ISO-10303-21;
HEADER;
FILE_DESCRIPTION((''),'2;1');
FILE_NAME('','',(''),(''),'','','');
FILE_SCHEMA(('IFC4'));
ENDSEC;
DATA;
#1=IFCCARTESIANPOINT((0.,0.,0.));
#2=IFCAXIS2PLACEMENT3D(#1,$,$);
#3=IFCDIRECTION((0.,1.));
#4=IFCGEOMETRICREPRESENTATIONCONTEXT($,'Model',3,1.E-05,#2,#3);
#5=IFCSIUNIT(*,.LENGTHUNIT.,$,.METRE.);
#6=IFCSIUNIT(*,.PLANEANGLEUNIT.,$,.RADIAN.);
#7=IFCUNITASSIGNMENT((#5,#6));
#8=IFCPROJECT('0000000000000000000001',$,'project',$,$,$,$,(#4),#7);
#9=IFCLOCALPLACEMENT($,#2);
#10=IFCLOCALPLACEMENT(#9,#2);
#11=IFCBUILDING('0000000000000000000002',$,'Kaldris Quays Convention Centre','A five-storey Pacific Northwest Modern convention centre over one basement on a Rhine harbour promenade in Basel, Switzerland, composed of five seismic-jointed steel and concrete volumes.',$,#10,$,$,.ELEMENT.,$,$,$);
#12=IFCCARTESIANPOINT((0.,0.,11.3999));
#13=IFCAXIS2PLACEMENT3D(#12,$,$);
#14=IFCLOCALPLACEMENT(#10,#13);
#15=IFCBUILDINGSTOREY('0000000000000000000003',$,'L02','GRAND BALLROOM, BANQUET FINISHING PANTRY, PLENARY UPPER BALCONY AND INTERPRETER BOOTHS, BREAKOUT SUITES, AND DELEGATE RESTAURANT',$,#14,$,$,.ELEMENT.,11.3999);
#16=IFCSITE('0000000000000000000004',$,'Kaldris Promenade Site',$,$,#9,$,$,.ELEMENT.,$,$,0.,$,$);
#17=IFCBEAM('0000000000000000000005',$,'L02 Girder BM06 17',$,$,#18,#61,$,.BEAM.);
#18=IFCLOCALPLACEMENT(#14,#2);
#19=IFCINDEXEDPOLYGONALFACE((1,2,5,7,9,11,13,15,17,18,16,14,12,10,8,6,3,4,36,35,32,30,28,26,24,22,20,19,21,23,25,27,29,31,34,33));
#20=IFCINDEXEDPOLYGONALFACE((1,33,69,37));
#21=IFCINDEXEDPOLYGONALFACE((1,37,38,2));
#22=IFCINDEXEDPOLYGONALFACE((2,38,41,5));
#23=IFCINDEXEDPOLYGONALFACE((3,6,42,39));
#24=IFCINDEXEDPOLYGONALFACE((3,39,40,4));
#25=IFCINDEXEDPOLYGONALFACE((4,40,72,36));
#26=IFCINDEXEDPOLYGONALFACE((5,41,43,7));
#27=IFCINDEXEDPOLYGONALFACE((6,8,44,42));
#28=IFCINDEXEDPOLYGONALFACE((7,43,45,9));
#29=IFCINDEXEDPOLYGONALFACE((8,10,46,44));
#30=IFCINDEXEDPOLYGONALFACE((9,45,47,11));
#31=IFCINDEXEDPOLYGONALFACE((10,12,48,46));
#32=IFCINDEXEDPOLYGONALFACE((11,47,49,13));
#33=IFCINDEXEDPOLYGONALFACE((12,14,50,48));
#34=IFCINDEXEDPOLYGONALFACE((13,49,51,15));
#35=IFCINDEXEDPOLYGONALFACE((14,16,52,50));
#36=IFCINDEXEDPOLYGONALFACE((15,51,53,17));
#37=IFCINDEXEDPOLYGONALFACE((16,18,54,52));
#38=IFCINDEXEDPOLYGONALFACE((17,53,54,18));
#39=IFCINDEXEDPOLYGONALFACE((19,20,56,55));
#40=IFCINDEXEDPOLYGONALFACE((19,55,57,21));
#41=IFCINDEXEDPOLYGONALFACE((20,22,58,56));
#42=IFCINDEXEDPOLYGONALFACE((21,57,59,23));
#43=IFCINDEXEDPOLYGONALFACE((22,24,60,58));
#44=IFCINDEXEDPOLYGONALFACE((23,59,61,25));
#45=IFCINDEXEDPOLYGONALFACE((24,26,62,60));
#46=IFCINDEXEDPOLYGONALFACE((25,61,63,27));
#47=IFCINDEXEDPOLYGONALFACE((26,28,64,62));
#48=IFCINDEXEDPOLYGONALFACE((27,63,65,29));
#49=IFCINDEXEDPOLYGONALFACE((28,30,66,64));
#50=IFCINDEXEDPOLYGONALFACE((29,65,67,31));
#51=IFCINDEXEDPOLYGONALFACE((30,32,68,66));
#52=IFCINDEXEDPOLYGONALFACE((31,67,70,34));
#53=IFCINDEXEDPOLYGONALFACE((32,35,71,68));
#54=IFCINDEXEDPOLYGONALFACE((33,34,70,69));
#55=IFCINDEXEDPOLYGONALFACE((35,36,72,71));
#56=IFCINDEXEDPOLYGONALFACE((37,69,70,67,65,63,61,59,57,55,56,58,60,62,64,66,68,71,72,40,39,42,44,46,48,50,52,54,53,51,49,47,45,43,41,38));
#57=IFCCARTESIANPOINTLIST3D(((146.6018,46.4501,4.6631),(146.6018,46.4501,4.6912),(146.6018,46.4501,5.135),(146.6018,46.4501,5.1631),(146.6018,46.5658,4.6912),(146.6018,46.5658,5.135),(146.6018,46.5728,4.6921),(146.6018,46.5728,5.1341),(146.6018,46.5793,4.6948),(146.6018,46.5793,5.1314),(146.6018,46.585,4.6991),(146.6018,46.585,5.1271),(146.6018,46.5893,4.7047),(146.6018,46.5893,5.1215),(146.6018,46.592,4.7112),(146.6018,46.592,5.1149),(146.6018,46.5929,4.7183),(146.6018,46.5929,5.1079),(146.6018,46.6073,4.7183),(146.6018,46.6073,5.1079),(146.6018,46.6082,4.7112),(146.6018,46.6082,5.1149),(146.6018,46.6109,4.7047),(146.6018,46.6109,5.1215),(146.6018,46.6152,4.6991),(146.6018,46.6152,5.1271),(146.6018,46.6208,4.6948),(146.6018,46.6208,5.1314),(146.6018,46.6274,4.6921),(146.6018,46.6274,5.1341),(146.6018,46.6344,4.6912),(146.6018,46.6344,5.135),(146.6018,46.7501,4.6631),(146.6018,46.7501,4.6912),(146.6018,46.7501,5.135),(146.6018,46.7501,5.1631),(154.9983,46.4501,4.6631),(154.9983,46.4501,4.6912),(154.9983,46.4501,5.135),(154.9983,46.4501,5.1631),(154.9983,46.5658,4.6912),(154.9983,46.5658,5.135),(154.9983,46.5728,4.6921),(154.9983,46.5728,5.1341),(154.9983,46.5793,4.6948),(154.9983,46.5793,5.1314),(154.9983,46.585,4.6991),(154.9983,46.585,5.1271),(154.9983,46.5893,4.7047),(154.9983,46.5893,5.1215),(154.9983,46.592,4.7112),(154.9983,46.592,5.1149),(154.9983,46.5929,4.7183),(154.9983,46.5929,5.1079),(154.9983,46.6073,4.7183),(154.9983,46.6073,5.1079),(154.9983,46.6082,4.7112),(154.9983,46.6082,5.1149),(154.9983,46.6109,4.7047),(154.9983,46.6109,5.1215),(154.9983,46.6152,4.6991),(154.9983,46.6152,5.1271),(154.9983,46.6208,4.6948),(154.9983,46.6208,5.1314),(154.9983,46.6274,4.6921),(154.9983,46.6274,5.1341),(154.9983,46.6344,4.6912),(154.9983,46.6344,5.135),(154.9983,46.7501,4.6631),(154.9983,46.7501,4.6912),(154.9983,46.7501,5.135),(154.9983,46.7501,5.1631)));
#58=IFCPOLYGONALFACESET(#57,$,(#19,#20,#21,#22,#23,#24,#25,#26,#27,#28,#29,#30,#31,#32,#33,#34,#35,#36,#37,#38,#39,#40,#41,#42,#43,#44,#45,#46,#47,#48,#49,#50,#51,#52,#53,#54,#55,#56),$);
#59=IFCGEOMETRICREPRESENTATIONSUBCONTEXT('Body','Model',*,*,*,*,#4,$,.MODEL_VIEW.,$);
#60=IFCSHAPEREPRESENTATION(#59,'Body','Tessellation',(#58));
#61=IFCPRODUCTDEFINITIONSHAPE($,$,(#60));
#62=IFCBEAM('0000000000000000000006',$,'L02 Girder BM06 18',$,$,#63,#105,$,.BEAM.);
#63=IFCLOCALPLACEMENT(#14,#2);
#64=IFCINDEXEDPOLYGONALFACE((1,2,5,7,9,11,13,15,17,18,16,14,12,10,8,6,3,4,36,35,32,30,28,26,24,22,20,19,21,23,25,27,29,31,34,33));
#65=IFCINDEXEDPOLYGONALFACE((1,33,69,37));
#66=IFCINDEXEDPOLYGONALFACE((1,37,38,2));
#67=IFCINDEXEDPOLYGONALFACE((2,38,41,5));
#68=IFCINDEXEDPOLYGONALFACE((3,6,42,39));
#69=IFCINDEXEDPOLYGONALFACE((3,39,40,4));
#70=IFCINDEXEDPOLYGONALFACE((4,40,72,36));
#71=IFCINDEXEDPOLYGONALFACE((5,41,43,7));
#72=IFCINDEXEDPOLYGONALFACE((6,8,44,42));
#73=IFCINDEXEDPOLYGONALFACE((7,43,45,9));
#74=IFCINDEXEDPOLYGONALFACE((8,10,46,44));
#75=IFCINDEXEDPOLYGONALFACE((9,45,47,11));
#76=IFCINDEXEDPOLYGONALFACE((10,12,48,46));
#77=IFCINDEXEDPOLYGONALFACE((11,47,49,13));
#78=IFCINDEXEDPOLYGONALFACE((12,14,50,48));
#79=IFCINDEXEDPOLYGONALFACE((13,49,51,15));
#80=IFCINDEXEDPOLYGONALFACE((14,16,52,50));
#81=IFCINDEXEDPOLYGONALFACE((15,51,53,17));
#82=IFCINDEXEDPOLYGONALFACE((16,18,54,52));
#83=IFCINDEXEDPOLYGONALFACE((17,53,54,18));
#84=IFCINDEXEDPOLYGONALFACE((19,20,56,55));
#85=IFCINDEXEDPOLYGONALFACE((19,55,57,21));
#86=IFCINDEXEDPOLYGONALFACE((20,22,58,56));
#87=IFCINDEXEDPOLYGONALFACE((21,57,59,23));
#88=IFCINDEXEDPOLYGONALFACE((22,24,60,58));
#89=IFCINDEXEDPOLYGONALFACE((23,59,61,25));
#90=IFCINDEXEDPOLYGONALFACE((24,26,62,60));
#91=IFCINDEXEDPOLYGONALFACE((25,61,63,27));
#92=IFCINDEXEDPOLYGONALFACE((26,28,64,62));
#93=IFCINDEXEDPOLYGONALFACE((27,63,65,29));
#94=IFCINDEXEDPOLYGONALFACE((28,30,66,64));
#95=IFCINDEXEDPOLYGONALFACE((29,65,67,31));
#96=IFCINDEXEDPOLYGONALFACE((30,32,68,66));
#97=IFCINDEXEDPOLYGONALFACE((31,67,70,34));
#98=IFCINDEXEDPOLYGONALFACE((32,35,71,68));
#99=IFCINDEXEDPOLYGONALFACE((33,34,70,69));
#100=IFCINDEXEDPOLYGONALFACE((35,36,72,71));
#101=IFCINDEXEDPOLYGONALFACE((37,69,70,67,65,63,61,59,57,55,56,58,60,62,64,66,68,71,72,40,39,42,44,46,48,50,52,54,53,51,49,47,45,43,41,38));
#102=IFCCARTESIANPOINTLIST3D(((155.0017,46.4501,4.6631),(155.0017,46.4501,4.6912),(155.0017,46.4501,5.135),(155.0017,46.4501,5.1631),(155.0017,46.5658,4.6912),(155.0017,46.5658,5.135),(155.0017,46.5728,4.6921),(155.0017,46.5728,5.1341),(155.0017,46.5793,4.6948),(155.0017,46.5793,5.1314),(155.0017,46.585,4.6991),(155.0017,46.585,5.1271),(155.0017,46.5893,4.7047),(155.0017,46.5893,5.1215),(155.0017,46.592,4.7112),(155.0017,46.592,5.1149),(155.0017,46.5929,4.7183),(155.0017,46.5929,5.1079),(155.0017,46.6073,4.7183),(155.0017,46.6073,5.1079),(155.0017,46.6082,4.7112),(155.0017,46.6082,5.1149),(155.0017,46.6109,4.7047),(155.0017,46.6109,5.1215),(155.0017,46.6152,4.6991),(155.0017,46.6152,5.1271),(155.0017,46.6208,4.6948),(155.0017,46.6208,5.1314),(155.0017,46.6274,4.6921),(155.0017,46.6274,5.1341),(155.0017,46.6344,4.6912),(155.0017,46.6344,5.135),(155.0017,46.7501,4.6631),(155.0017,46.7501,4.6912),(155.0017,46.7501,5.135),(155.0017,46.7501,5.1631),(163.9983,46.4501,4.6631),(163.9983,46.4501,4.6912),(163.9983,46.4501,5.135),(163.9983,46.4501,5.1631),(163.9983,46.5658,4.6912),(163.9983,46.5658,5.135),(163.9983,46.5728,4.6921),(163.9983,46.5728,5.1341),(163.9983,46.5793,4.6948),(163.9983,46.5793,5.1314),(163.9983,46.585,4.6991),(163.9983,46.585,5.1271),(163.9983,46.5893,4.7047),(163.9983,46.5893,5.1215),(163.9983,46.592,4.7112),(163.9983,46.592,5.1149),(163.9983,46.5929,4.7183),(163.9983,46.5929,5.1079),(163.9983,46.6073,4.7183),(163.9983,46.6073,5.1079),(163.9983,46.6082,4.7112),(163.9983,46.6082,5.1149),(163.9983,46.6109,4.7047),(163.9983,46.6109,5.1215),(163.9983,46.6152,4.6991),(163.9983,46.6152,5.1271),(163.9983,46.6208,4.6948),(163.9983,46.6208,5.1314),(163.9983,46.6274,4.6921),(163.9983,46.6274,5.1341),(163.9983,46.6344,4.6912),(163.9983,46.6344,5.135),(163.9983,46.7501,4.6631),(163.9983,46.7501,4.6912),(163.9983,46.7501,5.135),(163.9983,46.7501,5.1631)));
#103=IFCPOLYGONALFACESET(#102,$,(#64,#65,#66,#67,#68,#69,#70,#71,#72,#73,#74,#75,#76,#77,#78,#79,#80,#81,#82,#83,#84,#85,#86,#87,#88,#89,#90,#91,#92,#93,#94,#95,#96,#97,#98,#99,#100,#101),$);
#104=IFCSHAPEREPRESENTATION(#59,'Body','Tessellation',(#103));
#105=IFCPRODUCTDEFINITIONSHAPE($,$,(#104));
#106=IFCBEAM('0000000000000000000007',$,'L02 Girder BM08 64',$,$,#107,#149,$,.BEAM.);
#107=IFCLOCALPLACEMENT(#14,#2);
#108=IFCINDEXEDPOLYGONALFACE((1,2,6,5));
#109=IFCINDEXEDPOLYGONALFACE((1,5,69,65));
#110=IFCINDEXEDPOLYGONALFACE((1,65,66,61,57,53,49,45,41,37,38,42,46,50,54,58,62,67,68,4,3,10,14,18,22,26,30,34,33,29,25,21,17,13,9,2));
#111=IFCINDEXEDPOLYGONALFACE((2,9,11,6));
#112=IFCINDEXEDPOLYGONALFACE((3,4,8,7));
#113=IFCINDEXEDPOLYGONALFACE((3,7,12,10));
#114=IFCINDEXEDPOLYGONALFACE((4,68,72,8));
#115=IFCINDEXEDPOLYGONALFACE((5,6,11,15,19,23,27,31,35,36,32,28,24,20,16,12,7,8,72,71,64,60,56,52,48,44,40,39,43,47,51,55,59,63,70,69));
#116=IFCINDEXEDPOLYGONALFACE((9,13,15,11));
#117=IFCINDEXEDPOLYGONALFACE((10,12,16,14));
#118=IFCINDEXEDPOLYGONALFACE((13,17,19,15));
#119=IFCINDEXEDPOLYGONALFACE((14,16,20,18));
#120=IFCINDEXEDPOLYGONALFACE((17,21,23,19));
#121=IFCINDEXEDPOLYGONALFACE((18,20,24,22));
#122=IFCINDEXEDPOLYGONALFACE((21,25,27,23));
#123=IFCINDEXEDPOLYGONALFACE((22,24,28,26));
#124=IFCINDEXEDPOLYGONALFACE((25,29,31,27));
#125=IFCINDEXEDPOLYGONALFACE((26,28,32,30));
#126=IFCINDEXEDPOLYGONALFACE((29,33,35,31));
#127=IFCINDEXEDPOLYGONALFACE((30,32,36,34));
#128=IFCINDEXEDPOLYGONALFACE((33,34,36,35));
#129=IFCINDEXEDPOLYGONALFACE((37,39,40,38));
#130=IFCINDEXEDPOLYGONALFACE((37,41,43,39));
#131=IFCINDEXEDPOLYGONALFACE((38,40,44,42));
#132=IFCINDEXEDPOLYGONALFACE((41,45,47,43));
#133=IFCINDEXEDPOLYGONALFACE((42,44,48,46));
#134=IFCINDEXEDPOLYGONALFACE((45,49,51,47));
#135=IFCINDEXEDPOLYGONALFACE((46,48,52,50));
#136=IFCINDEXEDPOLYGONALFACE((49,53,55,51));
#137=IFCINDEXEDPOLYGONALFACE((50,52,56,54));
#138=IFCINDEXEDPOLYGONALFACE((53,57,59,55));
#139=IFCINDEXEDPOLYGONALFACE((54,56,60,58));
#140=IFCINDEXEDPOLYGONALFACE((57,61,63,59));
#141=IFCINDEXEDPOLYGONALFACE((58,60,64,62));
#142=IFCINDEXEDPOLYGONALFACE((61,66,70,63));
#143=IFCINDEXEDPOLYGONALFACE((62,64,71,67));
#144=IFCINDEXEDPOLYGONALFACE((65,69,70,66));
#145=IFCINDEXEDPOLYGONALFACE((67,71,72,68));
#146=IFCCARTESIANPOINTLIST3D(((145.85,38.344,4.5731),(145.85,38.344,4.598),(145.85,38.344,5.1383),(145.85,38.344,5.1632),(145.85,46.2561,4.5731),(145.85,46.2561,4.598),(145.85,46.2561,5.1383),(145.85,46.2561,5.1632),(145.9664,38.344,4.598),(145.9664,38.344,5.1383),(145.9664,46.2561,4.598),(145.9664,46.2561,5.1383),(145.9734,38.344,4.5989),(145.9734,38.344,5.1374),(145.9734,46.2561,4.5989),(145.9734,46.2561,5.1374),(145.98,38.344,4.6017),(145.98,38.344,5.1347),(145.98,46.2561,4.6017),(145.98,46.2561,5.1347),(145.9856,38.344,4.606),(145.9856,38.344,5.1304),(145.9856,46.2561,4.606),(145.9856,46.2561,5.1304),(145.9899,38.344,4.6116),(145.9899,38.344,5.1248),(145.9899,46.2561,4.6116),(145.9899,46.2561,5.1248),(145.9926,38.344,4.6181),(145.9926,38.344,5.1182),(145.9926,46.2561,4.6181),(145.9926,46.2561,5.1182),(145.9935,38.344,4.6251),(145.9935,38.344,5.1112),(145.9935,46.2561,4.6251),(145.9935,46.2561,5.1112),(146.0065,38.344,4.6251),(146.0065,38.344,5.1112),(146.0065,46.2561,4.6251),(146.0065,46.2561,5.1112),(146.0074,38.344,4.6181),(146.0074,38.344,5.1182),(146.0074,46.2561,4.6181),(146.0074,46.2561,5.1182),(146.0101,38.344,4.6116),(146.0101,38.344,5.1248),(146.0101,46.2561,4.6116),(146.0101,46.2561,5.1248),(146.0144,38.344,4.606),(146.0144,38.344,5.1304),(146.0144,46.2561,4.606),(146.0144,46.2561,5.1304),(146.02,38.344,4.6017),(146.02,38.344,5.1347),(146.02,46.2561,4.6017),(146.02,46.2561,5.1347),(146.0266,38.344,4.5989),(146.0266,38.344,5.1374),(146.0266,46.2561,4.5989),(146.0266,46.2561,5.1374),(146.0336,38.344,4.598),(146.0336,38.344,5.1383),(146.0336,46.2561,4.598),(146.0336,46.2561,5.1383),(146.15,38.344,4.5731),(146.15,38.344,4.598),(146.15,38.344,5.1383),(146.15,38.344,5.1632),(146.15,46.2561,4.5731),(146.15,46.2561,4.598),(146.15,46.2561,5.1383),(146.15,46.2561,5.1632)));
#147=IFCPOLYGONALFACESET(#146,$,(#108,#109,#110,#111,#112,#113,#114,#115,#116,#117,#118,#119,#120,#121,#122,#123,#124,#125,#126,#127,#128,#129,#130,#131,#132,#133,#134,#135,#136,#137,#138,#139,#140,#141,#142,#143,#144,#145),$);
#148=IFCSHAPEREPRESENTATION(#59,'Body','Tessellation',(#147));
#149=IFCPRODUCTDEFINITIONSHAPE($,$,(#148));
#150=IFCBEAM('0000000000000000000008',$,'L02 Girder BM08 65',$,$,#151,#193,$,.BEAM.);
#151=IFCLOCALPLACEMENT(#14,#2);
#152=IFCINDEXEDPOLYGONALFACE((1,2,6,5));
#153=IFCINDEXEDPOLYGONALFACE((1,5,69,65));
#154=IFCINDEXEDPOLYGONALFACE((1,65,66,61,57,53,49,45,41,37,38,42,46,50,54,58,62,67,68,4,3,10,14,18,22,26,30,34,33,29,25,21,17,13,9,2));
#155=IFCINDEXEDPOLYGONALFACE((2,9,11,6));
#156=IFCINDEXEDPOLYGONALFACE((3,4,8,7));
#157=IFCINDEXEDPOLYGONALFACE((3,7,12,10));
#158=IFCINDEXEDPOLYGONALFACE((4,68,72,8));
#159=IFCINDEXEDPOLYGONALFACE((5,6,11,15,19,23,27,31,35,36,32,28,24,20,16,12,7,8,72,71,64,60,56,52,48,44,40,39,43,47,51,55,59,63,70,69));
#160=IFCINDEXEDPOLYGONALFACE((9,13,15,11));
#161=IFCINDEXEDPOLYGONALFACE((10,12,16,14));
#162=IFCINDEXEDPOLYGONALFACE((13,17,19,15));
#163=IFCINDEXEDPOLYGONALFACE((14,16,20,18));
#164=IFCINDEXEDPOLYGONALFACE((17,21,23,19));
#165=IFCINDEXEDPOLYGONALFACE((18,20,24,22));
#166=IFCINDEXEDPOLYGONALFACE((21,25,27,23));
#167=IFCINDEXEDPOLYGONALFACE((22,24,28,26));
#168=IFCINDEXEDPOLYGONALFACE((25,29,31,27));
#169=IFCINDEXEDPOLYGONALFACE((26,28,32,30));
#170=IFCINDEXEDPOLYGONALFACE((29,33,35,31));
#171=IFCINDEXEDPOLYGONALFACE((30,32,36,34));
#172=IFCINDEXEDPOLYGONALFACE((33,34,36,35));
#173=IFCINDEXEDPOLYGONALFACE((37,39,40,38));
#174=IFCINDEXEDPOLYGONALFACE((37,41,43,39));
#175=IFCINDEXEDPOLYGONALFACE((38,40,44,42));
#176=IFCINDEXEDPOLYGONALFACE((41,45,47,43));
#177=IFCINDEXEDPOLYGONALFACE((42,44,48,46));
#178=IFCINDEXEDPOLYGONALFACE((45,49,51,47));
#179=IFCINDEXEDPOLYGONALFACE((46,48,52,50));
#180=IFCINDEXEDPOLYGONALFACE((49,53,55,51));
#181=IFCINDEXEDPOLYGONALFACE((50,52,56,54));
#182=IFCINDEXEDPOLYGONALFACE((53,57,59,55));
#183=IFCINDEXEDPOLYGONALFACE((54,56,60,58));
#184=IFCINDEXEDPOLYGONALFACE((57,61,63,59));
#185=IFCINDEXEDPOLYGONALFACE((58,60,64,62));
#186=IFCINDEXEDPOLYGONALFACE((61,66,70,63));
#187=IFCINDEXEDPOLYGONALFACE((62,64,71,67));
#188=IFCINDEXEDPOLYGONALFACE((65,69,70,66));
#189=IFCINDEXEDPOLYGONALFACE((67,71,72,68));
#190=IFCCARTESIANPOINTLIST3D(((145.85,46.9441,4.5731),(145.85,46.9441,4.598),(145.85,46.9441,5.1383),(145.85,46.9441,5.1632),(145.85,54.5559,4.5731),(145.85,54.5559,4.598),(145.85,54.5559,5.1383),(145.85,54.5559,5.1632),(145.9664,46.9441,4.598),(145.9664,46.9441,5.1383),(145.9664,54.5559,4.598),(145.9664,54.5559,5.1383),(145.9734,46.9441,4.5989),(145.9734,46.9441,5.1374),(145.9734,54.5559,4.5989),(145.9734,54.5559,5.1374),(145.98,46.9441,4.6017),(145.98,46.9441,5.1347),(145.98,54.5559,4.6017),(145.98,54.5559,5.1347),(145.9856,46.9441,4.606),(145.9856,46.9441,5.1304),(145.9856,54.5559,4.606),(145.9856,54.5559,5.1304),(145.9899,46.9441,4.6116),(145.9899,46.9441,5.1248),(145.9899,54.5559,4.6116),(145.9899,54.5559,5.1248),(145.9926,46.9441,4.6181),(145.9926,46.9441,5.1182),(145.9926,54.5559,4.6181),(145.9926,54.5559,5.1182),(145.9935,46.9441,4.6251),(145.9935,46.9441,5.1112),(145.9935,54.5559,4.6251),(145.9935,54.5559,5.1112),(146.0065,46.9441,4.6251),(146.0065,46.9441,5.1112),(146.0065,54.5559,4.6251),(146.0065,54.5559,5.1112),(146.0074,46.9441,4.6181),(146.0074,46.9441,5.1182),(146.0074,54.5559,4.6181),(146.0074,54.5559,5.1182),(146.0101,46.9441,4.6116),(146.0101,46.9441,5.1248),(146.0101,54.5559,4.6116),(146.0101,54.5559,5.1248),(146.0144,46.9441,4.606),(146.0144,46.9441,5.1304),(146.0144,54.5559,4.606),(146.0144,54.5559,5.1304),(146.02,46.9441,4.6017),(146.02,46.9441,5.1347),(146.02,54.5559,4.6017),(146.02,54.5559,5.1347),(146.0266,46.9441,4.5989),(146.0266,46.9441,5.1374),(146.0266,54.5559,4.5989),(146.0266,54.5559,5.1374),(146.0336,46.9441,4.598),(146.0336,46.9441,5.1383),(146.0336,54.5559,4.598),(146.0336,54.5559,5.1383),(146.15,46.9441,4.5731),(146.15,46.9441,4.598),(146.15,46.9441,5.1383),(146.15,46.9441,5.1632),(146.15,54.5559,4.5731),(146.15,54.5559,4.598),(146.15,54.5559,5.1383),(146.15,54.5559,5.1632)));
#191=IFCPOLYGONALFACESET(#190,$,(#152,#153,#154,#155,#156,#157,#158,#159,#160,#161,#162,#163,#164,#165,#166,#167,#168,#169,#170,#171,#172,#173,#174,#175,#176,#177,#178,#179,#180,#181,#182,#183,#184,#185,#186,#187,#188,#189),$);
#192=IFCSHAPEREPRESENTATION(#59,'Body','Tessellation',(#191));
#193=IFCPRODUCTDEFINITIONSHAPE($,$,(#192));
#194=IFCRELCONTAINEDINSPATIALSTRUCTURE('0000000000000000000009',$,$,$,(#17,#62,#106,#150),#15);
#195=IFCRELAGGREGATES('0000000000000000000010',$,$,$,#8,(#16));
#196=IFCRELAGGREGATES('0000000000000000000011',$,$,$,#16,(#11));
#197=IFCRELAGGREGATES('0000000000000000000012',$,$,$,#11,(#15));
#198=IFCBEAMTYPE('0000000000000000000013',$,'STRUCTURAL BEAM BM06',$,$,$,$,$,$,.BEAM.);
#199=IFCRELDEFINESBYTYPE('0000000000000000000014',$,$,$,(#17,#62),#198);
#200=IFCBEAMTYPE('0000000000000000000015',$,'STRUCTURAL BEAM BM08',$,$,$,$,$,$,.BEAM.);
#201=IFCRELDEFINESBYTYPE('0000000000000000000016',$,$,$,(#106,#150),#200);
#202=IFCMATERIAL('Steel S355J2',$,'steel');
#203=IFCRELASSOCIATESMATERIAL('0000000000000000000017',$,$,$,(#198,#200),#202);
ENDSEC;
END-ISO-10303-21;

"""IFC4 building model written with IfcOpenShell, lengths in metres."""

from ifc_helpers import new_model, si_unit, direction, frame, origin, origin_2d, place, context, subcontext, project, spatial, i_section, extrude, material, material_profile, profile_set, type_object, element, save


model = new_model("IFC4")

# Units and contexts
model_context = context("Model", 3, precision=1e-05, world=origin(), true_north=direction((0.0, 1.0)))
body_context = subcontext(model_context, "Body", "Model", "MODEL_VIEW")
ifc_project = project(units=[si_unit("LENGTHUNIT", "METRE"), si_unit("PLANEANGLEUNIT", "RADIAN")], contexts=[model_context])

# Site, building, storey
site_placement = place(None, origin())
site = spatial("IfcSite", under=ifc_project, at=site_placement, Name="Kaldris Promenade Site", CompositionType="ELEMENT", RefElevation=0.0)
building_placement = place(site_placement, origin())
building = spatial("IfcBuilding", under=site, at=building_placement, Name="Kaldris Quays Convention Centre", Description="A five-storey Pacific Northwest Modern convention centre over one basement on a Rhine harbour promenade in Basel, Switzerland, composed of five seismic-jointed steel and concrete volumes.", CompositionType="ELEMENT")
storey_placement = place(building_placement, frame((0.0, 0.0, 11.3999)))
storey = spatial("IfcBuildingStorey", under=building, at=storey_placement, Name="L02", Description="GRAND BALLROOM, BANQUET FINISHING PANTRY, PLENARY UPPER BALCONY AND INTERPRETER BOOTHS, BREAKOUT SUITES, AND DELEGATE RESTAURANT", CompositionType="ELEMENT", Elevation=11.3999)

# Shared definitions
ifc_material_1 = material(Name="Steel S355J2", Category="steel")

# Beams
ifc_material_profile_1 = material_profile(ifc_material_1, i_section(OverallWidth=0.3, OverallDepth=0.5, WebThickness=0.0144, FlangeThickness=0.0281, FilletRadius=0.0271, at=origin_2d()), Name="HEB 500")
ifc_profile_set_1 = profile_set([ifc_material_profile_1], Name="Steel S355J2")
beam_type_1 = type_object("IfcBeamType", Name="STRUCTURAL BEAM BM06", PredefinedType="BEAM", material=ifc_profile_set_1)
beam_1_placement = place(storey_placement, frame((146.6018, 46.6001, 4.9131), z_axis=(1.0, 0.0, 0.0), x_axis=(0.0, 1.0, 0.0)))
element("IfcBeam", 1, at=beam_1_placement, inside=storey, type_object=beam_type_1, Name="L02 Girder BM06 17", PredefinedType="BEAM", context=body_context, shape_type="SweptSolid", body=[
    extrude(i_section(OverallWidth=0.3, OverallDepth=0.5, WebThickness=0.0144, FlangeThickness=0.0281, FilletRadius=0.0271, at=origin_2d()), origin(), (0.0, 0.0, 1.0), 8.3965),
])
beam_2_placement = place(storey_placement, frame((155.0017, 46.6001, 4.9131), z_axis=(1.0, 0.0, 0.0), x_axis=(0.0, 1.0, 0.0)))
element("IfcBeam", 2, at=beam_2_placement, inside=storey, type_object=beam_type_1, Name="L02 Girder BM06 18", PredefinedType="BEAM", context=body_context, shape_type="SweptSolid", body=[
    extrude(i_section(OverallWidth=0.3, OverallDepth=0.5, WebThickness=0.0144, FlangeThickness=0.0281, FilletRadius=0.0271, at=origin_2d()), origin(), (0.0, 0.0, 1.0), 8.9966),
])
ifc_material_profile_2 = material_profile(ifc_material_1, i_section(OverallWidth=0.3, OverallDepth=0.5901, WebThickness=0.0129, FlangeThickness=0.0249, FilletRadius=0.0271, at=origin_2d()), Name="HEA 600")
ifc_profile_set_2 = profile_set([ifc_material_profile_2], Name="Steel S355J2")
beam_type_2 = type_object("IfcBeamType", Name="STRUCTURAL BEAM BM08", PredefinedType="BEAM", material=ifc_profile_set_2)
beam_3_placement = place(storey_placement, frame((146.0, 38.344, 4.8682), z_axis=(0.0, 1.0, 0.0), x_axis=(-1.0, 0.0, 0.0)))
element("IfcBeam", 3, at=beam_3_placement, inside=storey, type_object=beam_type_2, Name="L02 Girder BM08 64", PredefinedType="BEAM", context=body_context, shape_type="SweptSolid", body=[
    extrude(i_section(OverallWidth=0.3, OverallDepth=0.5901, WebThickness=0.0129, FlangeThickness=0.0249, FilletRadius=0.0271, at=origin_2d()), origin(), (0.0, 0.0, 1.0), 7.9121),
])
beam_4_placement = place(storey_placement, frame((146.0, 46.9441, 4.8682), z_axis=(0.0, 1.0, 0.0), x_axis=(-1.0, 0.0, 0.0)))
element("IfcBeam", 4, at=beam_4_placement, inside=storey, type_object=beam_type_2, Name="L02 Girder BM08 65", PredefinedType="BEAM", context=body_context, shape_type="SweptSolid", body=[
    extrude(i_section(OverallWidth=0.3, OverallDepth=0.5901, WebThickness=0.0129, FlangeThickness=0.0249, FilletRadius=0.0271, at=origin_2d()), origin(), (0.0, 0.0, 1.0), 7.6118),
])

save(model, "model.ifc")
